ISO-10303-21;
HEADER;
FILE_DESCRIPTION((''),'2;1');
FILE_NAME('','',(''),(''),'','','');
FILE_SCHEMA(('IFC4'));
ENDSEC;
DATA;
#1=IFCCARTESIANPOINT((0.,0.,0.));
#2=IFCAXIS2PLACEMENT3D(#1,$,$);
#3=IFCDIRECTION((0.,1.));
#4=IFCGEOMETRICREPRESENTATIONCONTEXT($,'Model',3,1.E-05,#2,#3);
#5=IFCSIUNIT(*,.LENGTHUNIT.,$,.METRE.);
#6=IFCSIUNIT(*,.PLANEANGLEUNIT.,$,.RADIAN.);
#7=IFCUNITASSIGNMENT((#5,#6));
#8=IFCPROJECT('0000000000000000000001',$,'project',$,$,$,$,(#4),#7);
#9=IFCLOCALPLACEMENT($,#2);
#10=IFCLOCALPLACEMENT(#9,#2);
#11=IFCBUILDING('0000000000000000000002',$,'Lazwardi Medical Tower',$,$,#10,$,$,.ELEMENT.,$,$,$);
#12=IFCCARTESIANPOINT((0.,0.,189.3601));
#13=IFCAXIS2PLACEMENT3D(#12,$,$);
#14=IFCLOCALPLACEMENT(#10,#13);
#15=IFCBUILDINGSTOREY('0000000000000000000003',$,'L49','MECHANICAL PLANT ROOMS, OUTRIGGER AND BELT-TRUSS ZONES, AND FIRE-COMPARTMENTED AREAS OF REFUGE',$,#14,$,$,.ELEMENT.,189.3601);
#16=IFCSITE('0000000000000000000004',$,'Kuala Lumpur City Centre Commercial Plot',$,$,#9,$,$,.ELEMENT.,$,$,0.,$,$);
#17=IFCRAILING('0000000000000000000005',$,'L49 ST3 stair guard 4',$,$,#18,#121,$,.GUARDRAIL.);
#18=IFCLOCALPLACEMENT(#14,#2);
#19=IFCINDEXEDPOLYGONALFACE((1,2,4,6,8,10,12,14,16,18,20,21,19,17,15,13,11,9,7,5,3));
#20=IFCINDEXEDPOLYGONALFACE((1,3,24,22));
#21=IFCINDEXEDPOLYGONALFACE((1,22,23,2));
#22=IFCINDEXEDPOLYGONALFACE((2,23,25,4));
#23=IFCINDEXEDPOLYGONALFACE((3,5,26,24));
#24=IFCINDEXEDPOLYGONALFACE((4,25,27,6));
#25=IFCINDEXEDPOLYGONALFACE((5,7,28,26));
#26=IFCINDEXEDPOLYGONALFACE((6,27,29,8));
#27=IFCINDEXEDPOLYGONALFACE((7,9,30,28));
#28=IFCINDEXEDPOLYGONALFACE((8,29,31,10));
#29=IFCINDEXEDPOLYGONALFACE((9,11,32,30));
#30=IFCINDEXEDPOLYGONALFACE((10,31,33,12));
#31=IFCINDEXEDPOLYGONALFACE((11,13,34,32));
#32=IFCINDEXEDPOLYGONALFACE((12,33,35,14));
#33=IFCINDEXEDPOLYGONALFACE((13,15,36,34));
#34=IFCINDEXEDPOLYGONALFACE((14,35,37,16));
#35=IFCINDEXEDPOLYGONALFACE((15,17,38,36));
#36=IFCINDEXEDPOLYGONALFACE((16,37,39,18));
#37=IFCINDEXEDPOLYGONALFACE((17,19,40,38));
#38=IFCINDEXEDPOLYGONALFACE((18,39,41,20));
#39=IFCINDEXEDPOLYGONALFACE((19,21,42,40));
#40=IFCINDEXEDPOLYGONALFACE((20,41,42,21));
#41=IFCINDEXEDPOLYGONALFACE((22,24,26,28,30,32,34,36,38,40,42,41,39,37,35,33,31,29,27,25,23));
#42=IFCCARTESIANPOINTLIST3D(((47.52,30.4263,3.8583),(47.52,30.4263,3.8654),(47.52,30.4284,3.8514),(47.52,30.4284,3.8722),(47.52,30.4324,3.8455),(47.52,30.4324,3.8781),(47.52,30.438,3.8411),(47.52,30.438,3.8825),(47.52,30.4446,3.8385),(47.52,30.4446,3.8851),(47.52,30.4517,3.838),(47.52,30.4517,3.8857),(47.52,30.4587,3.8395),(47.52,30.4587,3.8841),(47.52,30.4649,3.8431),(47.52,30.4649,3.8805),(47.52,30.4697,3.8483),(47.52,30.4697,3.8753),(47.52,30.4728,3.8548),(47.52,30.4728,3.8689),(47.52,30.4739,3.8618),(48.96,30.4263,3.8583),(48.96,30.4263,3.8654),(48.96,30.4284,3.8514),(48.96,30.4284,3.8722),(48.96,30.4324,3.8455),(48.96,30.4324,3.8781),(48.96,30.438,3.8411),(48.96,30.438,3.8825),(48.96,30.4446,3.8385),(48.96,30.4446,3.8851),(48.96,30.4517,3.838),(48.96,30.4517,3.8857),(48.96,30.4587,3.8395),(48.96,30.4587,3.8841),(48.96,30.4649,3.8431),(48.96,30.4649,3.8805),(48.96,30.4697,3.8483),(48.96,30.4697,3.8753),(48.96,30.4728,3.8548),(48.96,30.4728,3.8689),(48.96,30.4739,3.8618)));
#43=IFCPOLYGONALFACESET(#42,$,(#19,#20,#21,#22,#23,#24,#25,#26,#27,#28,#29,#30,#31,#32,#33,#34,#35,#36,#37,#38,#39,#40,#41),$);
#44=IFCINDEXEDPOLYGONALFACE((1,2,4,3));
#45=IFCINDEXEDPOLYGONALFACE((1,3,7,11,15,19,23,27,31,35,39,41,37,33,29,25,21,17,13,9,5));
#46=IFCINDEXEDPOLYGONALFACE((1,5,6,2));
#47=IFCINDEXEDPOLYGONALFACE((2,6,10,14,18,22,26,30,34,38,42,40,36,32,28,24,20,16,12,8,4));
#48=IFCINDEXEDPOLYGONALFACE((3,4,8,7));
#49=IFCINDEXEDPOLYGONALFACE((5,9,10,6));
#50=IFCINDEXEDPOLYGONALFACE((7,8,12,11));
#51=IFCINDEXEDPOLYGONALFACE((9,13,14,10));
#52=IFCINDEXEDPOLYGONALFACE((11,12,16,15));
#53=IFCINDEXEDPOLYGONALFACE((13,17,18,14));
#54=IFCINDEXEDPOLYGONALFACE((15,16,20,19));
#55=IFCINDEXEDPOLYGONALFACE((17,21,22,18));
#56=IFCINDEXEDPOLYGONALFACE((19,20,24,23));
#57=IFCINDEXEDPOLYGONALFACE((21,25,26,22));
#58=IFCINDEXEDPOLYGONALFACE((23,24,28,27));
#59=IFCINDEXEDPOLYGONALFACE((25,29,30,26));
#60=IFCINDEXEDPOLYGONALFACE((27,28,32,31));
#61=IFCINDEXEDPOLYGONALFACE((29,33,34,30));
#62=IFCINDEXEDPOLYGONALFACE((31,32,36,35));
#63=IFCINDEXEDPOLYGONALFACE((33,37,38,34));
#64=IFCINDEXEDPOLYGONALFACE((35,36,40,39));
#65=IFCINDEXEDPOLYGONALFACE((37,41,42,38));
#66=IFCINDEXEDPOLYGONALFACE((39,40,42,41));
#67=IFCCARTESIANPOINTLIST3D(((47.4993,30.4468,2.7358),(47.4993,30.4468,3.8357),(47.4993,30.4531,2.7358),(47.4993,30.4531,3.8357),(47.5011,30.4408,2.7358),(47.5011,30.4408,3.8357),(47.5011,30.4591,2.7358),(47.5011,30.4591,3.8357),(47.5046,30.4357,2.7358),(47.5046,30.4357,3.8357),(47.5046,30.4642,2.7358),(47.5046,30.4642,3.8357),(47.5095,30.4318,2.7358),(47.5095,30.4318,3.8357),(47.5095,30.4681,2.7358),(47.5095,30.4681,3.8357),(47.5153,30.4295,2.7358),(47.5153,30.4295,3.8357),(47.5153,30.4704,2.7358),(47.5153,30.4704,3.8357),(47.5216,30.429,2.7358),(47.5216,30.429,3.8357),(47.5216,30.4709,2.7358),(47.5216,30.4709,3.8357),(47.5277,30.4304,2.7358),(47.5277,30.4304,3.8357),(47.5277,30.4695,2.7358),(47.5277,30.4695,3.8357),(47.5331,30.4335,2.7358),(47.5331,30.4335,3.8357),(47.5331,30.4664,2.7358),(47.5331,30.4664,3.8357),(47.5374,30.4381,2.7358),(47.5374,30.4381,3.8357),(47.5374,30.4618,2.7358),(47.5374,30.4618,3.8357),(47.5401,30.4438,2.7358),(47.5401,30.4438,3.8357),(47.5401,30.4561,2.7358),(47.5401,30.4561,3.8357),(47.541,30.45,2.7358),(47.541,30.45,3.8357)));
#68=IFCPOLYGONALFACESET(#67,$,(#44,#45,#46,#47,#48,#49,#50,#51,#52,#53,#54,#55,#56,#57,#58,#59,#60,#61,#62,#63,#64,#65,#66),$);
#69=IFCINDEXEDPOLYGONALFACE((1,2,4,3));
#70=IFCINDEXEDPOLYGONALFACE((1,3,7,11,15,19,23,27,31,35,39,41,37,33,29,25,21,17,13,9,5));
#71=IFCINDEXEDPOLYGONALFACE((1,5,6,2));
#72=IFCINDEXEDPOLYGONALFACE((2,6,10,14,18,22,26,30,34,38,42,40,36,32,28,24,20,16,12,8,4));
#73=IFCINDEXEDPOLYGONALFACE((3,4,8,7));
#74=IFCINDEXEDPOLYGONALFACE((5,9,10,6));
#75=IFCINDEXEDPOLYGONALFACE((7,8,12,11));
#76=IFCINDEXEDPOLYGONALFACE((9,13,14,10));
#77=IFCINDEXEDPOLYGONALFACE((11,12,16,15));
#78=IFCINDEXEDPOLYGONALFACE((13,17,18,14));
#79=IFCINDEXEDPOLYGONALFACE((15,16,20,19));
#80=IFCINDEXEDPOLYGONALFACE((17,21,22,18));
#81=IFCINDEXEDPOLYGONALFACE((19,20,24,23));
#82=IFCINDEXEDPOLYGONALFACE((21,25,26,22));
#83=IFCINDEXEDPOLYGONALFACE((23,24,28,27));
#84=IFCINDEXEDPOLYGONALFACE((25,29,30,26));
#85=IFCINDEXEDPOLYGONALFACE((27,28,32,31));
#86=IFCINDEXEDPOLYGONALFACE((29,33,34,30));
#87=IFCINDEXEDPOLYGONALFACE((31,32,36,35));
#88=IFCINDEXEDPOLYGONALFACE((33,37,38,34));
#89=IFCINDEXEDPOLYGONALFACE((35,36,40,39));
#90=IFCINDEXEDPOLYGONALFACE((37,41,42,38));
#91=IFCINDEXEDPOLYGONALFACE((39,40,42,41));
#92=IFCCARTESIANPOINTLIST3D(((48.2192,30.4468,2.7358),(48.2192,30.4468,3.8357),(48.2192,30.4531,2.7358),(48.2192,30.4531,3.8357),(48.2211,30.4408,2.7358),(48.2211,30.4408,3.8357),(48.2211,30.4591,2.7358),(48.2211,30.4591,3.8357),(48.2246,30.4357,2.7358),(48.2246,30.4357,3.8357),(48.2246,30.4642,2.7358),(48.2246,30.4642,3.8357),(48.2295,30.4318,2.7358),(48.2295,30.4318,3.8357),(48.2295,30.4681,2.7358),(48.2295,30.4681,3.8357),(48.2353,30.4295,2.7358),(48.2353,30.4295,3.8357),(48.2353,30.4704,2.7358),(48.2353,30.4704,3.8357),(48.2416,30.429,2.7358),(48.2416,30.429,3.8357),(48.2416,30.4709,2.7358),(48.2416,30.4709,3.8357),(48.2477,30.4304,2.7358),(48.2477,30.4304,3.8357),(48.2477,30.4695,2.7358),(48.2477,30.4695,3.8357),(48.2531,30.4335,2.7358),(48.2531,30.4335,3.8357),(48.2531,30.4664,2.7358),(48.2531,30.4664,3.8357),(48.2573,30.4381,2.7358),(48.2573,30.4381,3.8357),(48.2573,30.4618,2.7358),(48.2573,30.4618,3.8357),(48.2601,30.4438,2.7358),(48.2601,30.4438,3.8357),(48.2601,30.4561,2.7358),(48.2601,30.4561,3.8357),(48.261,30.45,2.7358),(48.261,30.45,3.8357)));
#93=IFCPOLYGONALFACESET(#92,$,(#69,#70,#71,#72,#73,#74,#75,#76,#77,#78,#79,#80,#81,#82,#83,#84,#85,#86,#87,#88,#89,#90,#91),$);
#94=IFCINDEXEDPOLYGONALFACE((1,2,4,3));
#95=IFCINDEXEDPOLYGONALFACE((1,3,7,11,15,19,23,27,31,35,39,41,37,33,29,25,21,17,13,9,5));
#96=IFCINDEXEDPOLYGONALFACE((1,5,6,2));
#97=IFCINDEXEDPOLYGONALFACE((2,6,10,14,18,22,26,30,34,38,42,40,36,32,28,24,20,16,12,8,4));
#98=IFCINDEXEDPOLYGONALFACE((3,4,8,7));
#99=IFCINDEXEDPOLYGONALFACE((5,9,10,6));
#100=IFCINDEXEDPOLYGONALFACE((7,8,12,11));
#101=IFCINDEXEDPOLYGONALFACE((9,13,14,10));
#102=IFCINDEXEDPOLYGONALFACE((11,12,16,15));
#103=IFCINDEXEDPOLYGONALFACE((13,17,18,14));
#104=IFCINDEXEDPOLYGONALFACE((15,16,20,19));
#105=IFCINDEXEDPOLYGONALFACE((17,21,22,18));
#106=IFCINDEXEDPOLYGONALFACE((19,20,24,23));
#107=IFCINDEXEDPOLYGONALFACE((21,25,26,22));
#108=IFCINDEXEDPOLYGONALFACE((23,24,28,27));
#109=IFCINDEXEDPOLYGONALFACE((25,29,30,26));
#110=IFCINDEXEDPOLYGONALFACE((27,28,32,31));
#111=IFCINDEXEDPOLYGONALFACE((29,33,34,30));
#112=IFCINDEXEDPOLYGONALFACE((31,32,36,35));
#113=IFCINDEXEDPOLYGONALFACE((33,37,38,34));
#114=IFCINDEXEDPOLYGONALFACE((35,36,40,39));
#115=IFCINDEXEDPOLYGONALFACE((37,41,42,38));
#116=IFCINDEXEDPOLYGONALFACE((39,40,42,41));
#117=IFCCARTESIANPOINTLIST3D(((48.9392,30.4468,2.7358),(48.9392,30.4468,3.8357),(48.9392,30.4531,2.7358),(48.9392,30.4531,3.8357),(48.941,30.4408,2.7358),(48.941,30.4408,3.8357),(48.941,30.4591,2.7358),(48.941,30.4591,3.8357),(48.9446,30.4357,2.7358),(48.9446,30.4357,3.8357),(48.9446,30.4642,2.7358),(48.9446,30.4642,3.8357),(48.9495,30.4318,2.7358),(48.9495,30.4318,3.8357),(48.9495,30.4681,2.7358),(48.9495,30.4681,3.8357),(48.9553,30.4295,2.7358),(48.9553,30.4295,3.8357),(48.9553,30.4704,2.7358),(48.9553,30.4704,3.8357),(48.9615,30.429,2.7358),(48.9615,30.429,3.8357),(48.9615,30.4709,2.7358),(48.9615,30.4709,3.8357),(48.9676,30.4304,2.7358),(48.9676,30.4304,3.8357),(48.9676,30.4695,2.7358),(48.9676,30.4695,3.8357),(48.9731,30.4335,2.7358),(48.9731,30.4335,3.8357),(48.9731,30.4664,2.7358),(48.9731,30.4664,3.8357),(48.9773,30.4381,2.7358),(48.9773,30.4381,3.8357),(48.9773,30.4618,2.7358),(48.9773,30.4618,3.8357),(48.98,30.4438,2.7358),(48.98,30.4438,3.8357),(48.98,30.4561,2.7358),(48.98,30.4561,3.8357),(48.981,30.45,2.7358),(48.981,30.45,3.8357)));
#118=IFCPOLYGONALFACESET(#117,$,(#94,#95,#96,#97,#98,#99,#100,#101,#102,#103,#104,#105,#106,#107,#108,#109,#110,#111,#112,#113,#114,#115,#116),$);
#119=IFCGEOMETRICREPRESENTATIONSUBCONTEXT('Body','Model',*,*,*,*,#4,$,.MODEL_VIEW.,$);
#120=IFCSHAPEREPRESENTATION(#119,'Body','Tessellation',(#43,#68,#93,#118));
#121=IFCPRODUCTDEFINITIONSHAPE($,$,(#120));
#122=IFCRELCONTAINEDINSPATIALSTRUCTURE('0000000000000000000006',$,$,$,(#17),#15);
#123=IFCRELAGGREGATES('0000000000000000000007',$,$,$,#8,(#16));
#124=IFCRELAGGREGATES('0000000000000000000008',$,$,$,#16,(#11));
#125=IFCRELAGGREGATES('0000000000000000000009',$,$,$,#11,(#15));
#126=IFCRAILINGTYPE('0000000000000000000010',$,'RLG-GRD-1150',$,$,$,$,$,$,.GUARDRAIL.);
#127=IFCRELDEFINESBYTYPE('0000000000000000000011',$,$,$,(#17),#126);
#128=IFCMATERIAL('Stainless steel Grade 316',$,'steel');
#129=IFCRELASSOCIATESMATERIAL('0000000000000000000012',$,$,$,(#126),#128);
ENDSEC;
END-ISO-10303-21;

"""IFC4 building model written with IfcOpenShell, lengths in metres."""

from ifc_helpers import new_model, si_unit, direction, frame, origin, origin_2d, place, context, subcontext, project, spatial, circle, extrude, material, type_object, element, save


model = new_model("IFC4")

# Units and contexts
model_context = context("Model", 3, precision=1e-05, world=origin(), true_north=direction((0.0, 1.0)))
body_context = subcontext(model_context, "Body", "Model", "MODEL_VIEW")
ifc_project = project(units=[si_unit("LENGTHUNIT", "METRE"), si_unit("PLANEANGLEUNIT", "RADIAN")], contexts=[model_context])

# Site, building, storey
site_placement = place(None, origin())
site = spatial("IfcSite", under=ifc_project, at=site_placement, Name="Kuala Lumpur City Centre Commercial Plot", CompositionType="ELEMENT", RefElevation=0.0)
building_placement = place(site_placement, origin())
building = spatial("IfcBuilding", under=site, at=building_placement, Name="Lazwardi Medical Tower", CompositionType="ELEMENT")
storey_placement = place(building_placement, frame((0.0, 0.0, 189.3601)))
storey = spatial("IfcBuildingStorey", under=building, at=storey_placement, Name="L49", Description="MECHANICAL PLANT ROOMS, OUTRIGGER AND BELT-TRUSS ZONES, AND FIRE-COMPARTMENTED AREAS OF REFUGE", CompositionType="ELEMENT", Elevation=189.3601)

# Railing
ifc_material_1 = material(Name="Stainless steel Grade 316", Category="steel")
railing_type_1 = type_object("IfcRailingType", Name="RLG-GRD-1150", PredefinedType="GUARDRAIL", material=ifc_material_1)
railing_1_placement = place(storey_placement, frame((47.52, 30.45, 2.7358)))
element("IfcRailing", 1, at=railing_1_placement, inside=storey, type_object=railing_type_1, Name="L49 ST3 stair guard 4", PredefinedType="GUARDRAIL", context=body_context, shape_type="SweptSolid", body=[
    extrude(circle(Radius=0.0239, at=origin_2d()), frame((0.0, 0.0, 1.126), z_axis=(1.0, 0.0, 0.0), x_axis=(0.0, 1.0, 0.0)), (0.0, 0.0, 1.0), 1.4399),
    extrude(circle(Radius=0.021, at=origin_2d()), origin(), (0.0, 0.0, 1.0), 1.0999),
    extrude(circle(Radius=0.021, at=origin_2d()), frame((0.72, 0.0, 0.0)), (0.0, 0.0, 1.0), 1.0999),
    extrude(circle(Radius=0.021, at=origin_2d()), frame((1.4399, 0.0, 0.0)), (0.0, 0.0, 1.0), 1.0999),
])

save(model, "model.ifc")
